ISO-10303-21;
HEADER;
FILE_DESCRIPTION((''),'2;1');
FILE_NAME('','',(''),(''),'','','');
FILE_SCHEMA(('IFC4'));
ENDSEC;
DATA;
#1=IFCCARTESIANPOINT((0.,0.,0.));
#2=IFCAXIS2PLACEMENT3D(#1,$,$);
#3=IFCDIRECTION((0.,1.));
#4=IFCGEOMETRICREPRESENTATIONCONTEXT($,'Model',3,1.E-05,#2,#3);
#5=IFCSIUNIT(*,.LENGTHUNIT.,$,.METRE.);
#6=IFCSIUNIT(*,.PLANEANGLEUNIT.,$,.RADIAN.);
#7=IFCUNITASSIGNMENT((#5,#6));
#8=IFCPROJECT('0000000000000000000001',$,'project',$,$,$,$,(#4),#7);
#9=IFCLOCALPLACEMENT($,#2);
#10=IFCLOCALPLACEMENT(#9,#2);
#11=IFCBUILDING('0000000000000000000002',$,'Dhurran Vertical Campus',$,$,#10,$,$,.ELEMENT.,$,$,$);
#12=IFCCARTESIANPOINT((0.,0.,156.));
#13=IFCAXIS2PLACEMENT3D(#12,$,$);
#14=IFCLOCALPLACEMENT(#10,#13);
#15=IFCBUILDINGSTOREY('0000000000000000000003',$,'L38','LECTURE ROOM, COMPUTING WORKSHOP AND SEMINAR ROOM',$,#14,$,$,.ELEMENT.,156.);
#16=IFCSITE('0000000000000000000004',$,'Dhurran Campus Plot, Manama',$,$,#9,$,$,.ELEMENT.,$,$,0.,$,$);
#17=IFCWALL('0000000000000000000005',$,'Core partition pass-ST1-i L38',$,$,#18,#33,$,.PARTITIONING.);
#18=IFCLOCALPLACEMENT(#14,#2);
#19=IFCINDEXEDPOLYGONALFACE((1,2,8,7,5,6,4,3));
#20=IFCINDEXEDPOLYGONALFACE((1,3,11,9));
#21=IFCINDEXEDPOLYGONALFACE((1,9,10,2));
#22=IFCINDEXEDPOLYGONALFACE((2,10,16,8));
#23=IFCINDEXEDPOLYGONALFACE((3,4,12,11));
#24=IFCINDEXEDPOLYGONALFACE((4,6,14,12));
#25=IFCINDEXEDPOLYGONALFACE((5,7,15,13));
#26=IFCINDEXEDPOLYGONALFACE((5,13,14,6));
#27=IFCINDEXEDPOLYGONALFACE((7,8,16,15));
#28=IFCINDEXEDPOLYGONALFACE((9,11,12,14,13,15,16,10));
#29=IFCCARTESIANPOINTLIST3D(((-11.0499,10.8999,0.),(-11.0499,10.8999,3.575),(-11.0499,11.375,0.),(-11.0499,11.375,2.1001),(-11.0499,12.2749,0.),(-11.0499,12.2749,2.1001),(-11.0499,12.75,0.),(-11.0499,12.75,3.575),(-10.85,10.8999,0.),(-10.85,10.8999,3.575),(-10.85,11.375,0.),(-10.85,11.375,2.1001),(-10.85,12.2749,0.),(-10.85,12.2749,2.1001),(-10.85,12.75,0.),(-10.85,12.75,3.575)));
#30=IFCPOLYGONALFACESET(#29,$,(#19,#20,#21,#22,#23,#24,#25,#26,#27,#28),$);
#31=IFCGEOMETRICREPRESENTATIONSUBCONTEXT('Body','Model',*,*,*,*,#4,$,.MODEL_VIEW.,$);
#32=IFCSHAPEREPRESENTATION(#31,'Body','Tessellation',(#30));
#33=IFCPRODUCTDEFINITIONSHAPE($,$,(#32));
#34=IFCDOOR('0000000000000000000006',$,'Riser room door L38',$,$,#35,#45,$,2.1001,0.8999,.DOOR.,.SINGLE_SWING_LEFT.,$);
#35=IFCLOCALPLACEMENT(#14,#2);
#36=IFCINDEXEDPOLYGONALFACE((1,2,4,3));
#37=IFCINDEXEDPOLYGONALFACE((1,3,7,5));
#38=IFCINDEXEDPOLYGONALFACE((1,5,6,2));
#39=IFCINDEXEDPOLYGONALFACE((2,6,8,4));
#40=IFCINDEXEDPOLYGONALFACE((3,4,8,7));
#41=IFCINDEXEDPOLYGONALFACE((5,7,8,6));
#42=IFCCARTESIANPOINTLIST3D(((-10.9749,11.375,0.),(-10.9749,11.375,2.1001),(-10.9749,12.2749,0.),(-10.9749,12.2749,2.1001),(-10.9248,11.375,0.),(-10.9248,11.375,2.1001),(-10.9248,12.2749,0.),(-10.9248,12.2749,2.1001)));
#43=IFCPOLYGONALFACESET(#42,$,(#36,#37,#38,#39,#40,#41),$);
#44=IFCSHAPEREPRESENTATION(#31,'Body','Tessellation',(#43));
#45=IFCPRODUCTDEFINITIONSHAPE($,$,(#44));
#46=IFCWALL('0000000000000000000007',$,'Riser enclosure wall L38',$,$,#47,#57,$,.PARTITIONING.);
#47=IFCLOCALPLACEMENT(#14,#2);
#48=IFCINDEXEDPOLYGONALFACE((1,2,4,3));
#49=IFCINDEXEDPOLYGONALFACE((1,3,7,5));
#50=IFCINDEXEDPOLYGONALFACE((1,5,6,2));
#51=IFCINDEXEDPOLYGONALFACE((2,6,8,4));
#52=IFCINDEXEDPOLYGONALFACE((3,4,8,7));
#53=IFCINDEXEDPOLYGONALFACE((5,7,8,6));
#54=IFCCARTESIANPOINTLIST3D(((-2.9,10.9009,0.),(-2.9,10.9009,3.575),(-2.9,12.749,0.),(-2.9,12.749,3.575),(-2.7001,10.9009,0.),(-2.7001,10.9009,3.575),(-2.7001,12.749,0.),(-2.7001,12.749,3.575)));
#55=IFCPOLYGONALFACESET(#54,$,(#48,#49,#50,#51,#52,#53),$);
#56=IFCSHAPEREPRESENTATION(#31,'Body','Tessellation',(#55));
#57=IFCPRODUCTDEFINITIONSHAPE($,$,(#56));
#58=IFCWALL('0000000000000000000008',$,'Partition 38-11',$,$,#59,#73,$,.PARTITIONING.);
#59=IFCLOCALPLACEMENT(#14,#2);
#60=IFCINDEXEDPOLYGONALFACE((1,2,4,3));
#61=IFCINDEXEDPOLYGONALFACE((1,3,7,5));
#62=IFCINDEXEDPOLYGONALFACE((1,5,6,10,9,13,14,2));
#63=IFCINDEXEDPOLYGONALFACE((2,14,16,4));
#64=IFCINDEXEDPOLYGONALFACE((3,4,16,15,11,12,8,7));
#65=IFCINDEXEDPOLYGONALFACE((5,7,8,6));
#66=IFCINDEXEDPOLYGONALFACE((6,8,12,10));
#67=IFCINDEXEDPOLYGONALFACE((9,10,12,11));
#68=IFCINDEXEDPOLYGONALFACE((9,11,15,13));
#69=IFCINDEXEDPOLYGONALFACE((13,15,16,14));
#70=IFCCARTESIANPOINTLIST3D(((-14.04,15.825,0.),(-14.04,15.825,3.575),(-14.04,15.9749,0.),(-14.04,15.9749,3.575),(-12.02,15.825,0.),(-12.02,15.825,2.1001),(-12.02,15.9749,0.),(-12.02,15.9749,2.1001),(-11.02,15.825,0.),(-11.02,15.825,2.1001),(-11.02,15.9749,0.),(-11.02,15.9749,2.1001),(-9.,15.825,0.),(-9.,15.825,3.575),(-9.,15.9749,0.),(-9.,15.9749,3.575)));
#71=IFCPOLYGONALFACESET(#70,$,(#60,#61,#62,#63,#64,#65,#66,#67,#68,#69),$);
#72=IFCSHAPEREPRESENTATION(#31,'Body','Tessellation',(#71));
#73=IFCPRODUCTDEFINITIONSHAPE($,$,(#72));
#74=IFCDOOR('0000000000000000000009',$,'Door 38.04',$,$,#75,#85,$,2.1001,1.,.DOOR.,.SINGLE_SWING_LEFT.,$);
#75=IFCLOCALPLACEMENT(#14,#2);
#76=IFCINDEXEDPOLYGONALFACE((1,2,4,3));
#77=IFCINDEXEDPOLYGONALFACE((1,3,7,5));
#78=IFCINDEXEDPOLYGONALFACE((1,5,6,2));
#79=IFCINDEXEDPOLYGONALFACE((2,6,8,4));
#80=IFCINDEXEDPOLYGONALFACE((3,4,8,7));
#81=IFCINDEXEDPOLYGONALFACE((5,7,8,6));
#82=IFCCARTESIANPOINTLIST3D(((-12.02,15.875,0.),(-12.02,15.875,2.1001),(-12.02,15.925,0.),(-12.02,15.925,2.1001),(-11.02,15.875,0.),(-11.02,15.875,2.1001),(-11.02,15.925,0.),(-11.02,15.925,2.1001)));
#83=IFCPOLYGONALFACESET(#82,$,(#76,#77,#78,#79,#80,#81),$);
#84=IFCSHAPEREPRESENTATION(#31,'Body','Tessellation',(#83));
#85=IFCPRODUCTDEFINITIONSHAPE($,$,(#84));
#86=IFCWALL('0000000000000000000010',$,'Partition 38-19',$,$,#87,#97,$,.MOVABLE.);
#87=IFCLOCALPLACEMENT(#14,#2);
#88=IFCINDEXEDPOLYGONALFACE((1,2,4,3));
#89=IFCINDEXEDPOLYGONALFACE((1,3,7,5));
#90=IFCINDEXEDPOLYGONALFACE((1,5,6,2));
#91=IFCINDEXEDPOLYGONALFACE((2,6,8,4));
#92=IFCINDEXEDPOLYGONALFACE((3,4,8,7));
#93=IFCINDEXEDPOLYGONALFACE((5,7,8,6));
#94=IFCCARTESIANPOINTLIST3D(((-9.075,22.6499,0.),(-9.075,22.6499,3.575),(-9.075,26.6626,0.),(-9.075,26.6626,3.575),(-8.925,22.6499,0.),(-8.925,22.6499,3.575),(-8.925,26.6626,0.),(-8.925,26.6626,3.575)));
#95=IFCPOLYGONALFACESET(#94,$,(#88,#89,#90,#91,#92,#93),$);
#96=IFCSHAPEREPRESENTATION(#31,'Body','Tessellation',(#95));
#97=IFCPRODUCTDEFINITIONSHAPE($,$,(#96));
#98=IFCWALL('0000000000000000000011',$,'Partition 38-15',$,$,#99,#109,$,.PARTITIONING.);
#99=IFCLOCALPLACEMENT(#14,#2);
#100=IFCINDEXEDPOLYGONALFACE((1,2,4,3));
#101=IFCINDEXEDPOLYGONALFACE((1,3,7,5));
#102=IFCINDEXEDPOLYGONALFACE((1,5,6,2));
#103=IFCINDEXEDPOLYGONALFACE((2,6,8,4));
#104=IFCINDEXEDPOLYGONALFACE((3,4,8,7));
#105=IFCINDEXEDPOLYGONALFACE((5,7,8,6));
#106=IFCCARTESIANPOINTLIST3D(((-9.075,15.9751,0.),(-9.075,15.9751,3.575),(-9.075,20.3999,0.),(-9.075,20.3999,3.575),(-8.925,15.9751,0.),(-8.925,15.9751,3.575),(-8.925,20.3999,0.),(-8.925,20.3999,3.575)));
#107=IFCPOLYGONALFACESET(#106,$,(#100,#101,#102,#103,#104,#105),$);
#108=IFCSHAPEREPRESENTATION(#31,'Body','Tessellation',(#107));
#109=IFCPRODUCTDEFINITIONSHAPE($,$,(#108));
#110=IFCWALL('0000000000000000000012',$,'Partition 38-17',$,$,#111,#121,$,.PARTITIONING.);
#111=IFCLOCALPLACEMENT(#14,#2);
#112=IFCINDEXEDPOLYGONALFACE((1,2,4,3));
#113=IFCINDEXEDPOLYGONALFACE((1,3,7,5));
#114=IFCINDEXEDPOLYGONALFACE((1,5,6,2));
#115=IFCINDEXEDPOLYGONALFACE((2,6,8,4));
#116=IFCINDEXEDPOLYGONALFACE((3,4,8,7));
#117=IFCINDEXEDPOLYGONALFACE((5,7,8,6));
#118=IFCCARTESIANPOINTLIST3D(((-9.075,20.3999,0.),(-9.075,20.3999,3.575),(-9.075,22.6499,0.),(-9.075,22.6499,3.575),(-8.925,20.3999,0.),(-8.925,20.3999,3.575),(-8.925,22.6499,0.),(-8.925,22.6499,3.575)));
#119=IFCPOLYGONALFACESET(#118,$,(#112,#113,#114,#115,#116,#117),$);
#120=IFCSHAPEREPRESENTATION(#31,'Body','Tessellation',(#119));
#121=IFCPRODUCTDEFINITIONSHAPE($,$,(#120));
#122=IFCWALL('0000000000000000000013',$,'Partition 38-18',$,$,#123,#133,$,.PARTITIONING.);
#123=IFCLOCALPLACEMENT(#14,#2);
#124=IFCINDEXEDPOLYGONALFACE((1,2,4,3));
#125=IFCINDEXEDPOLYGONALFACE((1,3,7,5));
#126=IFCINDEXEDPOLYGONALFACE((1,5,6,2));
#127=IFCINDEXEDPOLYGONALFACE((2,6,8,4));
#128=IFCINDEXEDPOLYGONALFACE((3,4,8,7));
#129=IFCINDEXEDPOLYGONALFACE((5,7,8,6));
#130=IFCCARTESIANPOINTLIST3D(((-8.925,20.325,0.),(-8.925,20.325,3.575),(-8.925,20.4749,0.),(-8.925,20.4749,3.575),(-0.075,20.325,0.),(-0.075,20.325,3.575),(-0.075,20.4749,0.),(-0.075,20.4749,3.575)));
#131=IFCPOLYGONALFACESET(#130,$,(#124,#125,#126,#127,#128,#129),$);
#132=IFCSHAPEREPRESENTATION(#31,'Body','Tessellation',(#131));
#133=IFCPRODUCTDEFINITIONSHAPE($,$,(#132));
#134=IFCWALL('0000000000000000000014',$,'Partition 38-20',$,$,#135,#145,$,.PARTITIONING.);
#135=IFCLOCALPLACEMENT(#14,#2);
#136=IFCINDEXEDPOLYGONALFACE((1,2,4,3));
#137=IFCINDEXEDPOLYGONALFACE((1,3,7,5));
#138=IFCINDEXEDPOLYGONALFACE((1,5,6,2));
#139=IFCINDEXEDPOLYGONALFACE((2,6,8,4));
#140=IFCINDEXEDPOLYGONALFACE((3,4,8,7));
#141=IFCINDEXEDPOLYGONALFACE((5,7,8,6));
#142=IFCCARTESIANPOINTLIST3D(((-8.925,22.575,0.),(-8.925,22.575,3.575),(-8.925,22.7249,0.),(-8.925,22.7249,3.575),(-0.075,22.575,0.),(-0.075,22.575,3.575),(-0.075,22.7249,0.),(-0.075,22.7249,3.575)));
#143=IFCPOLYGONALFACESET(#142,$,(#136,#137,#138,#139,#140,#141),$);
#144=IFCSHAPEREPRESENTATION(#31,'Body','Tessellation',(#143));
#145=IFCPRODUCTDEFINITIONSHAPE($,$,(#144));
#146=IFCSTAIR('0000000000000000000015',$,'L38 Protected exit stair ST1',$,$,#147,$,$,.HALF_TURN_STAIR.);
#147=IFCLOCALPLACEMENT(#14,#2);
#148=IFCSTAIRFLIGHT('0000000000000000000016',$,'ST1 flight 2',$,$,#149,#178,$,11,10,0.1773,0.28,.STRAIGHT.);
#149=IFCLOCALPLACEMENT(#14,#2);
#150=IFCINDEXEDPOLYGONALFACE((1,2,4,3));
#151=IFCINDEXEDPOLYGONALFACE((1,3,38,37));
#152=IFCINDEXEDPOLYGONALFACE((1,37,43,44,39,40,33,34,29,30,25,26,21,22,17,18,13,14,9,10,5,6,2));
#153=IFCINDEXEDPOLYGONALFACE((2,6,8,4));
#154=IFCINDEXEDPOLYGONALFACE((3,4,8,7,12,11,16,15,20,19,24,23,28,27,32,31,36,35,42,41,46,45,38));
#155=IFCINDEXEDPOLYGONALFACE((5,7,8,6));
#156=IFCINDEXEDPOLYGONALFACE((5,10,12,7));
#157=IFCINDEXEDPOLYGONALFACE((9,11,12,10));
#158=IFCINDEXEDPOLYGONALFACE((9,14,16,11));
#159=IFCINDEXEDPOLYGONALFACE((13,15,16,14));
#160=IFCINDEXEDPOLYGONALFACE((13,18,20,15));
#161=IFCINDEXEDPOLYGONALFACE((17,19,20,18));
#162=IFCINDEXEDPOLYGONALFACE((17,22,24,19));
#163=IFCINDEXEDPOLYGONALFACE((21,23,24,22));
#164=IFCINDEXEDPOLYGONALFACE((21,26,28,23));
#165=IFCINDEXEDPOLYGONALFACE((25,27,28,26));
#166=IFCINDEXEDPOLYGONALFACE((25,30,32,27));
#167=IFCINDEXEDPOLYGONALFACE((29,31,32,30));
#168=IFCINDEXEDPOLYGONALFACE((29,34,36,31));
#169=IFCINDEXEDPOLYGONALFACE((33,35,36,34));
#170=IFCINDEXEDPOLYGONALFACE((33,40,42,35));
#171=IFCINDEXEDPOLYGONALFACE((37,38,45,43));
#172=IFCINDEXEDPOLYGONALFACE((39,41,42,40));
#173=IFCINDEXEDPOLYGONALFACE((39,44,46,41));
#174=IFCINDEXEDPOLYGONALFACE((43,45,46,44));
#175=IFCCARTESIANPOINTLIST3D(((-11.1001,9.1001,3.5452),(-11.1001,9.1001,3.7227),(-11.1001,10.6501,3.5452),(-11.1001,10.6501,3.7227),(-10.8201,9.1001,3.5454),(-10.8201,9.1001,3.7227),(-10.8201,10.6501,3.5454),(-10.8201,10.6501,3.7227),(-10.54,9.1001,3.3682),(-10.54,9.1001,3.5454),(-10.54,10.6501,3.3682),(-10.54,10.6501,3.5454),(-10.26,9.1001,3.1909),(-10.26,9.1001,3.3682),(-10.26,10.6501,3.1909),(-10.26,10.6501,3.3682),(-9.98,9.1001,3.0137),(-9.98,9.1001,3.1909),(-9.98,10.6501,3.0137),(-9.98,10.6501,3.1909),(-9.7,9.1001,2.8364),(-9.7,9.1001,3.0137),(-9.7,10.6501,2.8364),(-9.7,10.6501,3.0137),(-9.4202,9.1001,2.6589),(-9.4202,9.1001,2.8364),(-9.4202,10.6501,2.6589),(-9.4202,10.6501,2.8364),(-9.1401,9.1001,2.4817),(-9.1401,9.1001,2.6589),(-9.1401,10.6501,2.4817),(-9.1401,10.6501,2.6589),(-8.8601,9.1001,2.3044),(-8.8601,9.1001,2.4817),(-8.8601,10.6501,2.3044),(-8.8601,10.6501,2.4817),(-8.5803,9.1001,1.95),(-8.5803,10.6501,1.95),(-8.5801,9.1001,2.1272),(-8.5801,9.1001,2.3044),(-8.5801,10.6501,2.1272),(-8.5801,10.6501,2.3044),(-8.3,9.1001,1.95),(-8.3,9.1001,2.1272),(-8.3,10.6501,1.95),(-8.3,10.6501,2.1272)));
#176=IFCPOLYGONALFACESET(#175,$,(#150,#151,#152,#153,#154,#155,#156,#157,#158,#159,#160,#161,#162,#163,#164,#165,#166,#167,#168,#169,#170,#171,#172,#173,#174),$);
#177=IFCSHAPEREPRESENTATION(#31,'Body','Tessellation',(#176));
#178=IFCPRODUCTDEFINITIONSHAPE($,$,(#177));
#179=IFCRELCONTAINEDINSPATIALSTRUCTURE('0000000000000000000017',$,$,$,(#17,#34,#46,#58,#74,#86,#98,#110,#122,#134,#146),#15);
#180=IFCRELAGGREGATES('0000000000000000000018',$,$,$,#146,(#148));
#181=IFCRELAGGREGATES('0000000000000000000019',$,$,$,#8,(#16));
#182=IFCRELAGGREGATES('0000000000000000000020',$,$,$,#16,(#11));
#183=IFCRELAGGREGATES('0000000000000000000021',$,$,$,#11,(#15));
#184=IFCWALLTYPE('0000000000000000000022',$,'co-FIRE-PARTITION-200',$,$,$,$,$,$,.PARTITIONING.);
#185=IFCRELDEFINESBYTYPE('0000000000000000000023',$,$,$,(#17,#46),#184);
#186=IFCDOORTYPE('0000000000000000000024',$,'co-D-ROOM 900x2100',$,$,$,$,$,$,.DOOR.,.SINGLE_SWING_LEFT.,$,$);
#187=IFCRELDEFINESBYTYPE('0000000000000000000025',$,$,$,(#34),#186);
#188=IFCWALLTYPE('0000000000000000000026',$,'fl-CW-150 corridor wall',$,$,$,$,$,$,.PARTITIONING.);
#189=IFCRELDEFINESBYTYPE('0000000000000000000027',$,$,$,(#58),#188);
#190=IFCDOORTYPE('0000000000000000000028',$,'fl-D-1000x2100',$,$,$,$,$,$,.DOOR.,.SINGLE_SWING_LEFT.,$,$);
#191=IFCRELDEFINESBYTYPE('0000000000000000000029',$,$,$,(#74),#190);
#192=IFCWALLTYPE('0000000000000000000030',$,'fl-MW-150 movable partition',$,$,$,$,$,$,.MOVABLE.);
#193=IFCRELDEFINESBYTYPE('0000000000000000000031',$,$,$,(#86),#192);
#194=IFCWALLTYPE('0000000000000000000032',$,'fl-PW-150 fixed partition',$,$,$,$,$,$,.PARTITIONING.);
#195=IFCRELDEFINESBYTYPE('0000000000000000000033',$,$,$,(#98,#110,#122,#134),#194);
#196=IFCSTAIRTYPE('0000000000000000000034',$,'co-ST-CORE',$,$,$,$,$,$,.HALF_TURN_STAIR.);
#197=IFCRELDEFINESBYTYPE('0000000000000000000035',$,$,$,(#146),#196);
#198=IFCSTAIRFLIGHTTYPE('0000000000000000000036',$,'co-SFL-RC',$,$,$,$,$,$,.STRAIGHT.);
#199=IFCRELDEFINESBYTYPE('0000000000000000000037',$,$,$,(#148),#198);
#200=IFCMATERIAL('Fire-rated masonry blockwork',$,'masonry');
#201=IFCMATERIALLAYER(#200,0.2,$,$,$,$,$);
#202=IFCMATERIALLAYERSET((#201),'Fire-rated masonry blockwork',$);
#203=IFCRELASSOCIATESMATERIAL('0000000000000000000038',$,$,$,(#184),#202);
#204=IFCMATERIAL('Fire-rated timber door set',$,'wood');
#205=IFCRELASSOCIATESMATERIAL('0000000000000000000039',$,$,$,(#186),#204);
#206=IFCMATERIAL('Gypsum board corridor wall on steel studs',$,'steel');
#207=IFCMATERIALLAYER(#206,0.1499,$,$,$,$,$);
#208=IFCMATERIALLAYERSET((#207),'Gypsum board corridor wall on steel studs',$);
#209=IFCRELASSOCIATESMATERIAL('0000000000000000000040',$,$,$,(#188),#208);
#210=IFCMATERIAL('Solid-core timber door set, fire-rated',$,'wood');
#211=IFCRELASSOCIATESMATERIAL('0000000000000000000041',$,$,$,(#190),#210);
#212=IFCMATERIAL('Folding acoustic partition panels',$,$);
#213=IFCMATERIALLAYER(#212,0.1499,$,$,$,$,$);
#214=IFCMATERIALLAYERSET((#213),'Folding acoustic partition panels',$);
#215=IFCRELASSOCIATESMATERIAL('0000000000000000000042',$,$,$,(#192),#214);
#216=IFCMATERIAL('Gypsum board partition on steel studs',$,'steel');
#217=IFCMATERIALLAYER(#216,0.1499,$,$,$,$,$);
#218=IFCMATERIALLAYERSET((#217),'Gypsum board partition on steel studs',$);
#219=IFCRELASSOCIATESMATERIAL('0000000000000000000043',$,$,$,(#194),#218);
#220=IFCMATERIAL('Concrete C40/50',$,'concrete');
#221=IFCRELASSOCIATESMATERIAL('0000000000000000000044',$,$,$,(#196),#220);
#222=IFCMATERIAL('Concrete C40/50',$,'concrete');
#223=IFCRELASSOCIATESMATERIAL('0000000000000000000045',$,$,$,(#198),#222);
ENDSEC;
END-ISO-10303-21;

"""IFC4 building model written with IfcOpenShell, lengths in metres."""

from ifc_helpers import new_model, si_unit, direction, frame, frame_2d, origin, place, context, subcontext, project, spatial, polyline, rectangle, outline, extrude, material, layer, layer_set, type_object, element, fill, aggregate, save


model = new_model("IFC4")

# Units and contexts
model_context = context("Model", 3, precision=1e-05, world=origin(), true_north=direction((0.0, 1.0)))
body_context = subcontext(model_context, "Body", "Model", "MODEL_VIEW")
ifc_project = project(units=[si_unit("LENGTHUNIT", "METRE"), si_unit("PLANEANGLEUNIT", "RADIAN")], contexts=[model_context])

# Site, building, storey
site_placement = place(None, origin())
site = spatial("IfcSite", under=ifc_project, at=site_placement, Name="Dhurran Campus Plot, Manama", CompositionType="ELEMENT", RefElevation=0.0)
building_placement = place(site_placement, origin())
building = spatial("IfcBuilding", under=site, at=building_placement, Name="Dhurran Vertical Campus", CompositionType="ELEMENT")
storey_placement = place(building_placement, frame((0.0, 0.0, 156.0)))
storey = spatial("IfcBuildingStorey", under=building, at=storey_placement, Name="L38", Description="LECTURE ROOM, COMPUTING WORKSHOP AND SEMINAR ROOM", CompositionType="ELEMENT", Elevation=156.0)

# Shared definitions
ifc_material_1 = material(Name="Fire-rated masonry blockwork", Category="masonry")
ifc_layer_1 = layer(ifc_material_1, 0.2)
ifc_layer_set_1 = layer_set([ifc_layer_1], Name="Fire-rated masonry blockwork")
wall_type_1 = type_object("IfcWallType", Name="co-FIRE-PARTITION-200", PredefinedType="PARTITIONING", material=ifc_layer_set_1)

# Wall, opening, door
wall_1_placement = place(storey_placement, frame((-10.95, 10.8999, 0.0), z_axis=(0.0, 0.0, 1.0), x_axis=(0.0, 1.0, 0.0)))
wall_1 = element("IfcWall", 1, at=wall_1_placement, inside=storey, type_object=wall_type_1, Name="Core partition pass-ST1-i L38", PredefinedType="PARTITIONING", context=body_context, shape_type="SweptSolid", body=[
    extrude(rectangle(XDim=1.8501, YDim=0.2, at=frame_2d((0.925, 0.0))), origin(), (0.0, 0.0, 1.0), 3.575),
])
opening_1_placement = place(wall_1_placement, frame((0.4751, 0.0, 0.0)))
opening_1 = element("IfcOpeningElement", 2, at=opening_1_placement, cuts=wall_1, PredefinedType="OPENING", context=body_context, shape_type="SweptSolid", body=[
    extrude(rectangle(XDim=0.8999, YDim=2.1001, at=frame_2d((0.45, 1.05))), frame((0.0, 0.1099, 0.0), z_axis=(0.0, -1.0, 0.0), x_axis=(1.0, 0.0, 0.0)), (0.0, 0.0, 1.0), 0.22),
])
ifc_material_2 = material(Name="Fire-rated timber door set", Category="wood")
door_type_1 = type_object("IfcDoorType", Name="co-D-ROOM 900x2100", OperationType="SINGLE_SWING_LEFT", PredefinedType="DOOR", material=ifc_material_2)
door_1_placement = place(opening_1_placement, origin())
door_1 = element("IfcDoor", 3, at=door_1_placement, inside=storey, type_object=door_type_1, Name="Riser room door L38", OperationType="SINGLE_SWING_LEFT", OverallHeight=2.1001, OverallWidth=0.8999, PredefinedType="DOOR", context=body_context, shape_type="SweptSolid", body=[
    extrude(rectangle(XDim=0.8999, YDim=2.1001, at=frame_2d((0.45, 1.05))), frame((0.0, 0.0249, 0.0), z_axis=(0.0, -1.0, 0.0), x_axis=(1.0, 0.0, 0.0)), (0.0, 0.0, 1.0), 0.05),
])
fill(opening_1, door_1)

# Wall
wall_2_placement = place(storey_placement, frame((-2.8, 10.9009, 0.0), z_axis=(0.0, 0.0, 1.0), x_axis=(0.0, 1.0, 0.0)))
element("IfcWall", 4, at=wall_2_placement, inside=storey, type_object=wall_type_1, Name="Riser enclosure wall L38", PredefinedType="PARTITIONING", context=body_context, shape_type="SweptSolid", body=[
    extrude(rectangle(XDim=1.8481, YDim=0.2, at=frame_2d((0.9241, 0.0))), origin(), (0.0, 0.0, 1.0), 3.575),
])

# Wall, opening, door
ifc_material_3 = material(Name="Gypsum board corridor wall on steel studs", Category="steel")
ifc_layer_2 = layer(ifc_material_3, 0.1499)
ifc_layer_set_2 = layer_set([ifc_layer_2], Name="Gypsum board corridor wall on steel studs")
wall_type_2 = type_object("IfcWallType", Name="fl-CW-150 corridor wall", PredefinedType="PARTITIONING", material=ifc_layer_set_2)
wall_3_placement = place(storey_placement, frame((-9.0, 15.8999, 0.0), z_axis=(0.0, 0.0, 1.0), x_axis=(-1.0, 0.0, 0.0)))
wall_3 = element("IfcWall", 5, at=wall_3_placement, inside=storey, type_object=wall_type_2, Name="Partition 38-11", PredefinedType="PARTITIONING", context=body_context, shape_type="SweptSolid", body=[
    extrude(rectangle(XDim=5.04, YDim=0.1499, at=frame_2d((2.52, 0.0))), origin(), (0.0, 0.0, 1.0), 3.575),
])
opening_2_placement = place(wall_3_placement, frame((2.02, 0.0, 0.0)))
opening_2 = element("IfcOpeningElement", 6, at=opening_2_placement, cuts=wall_3, PredefinedType="OPENING", context=body_context, shape_type="SweptSolid", body=[
    extrude(rectangle(XDim=1.0, YDim=2.1001, at=frame_2d((0.5, 1.05))), frame((0.0, 0.085, 0.0), z_axis=(0.0, -1.0, 0.0), x_axis=(1.0, 0.0, 0.0)), (0.0, 0.0, 1.0), 0.1699),
])
ifc_material_4 = material(Name="Solid-core timber door set, fire-rated", Category="wood")
door_type_2 = type_object("IfcDoorType", Name="fl-D-1000x2100", OperationType="SINGLE_SWING_LEFT", PredefinedType="DOOR", material=ifc_material_4)
door_2_placement = place(opening_2_placement, origin())
door_2 = element("IfcDoor", 7, at=door_2_placement, inside=storey, type_object=door_type_2, Name="Door 38.04", OperationType="SINGLE_SWING_LEFT", OverallHeight=2.1001, OverallWidth=1.0, PredefinedType="DOOR", context=body_context, shape_type="SweptSolid", body=[
    extrude(rectangle(XDim=1.0, YDim=2.1001, at=frame_2d((0.5, 1.05))), frame((0.0, 0.0249, 0.0), z_axis=(0.0, -1.0, 0.0), x_axis=(1.0, 0.0, 0.0)), (0.0, 0.0, 1.0), 0.05),
])
fill(opening_2, door_2)

# Walls
ifc_material_5 = material(Name="Folding acoustic partition panels")
ifc_layer_3 = layer(ifc_material_5, 0.1499)
ifc_layer_set_3 = layer_set([ifc_layer_3], Name="Folding acoustic partition panels")
wall_type_3 = type_object("IfcWallType", Name="fl-MW-150 movable partition", PredefinedType="MOVABLE", material=ifc_layer_set_3)
wall_4_placement = place(storey_placement, frame((-9.0, 26.6626, 0.0), z_axis=(0.0, 0.0, 1.0), x_axis=(0.0, -1.0, 0.0)))
element("IfcWall", 8, at=wall_4_placement, inside=storey, type_object=wall_type_3, Name="Partition 38-19", PredefinedType="MOVABLE", context=body_context, shape_type="SweptSolid", body=[
    extrude(rectangle(XDim=4.0127, YDim=0.1499, at=frame_2d((2.0063, 0.0))), origin(), (0.0, 0.0, 1.0), 3.575),
])
ifc_material_6 = material(Name="Gypsum board partition on steel studs", Category="steel")
ifc_layer_4 = layer(ifc_material_6, 0.1499)
ifc_layer_set_4 = layer_set([ifc_layer_4], Name="Gypsum board partition on steel studs")
wall_type_4 = type_object("IfcWallType", Name="fl-PW-150 fixed partition", PredefinedType="PARTITIONING", material=ifc_layer_set_4)
wall_5_placement = place(storey_placement, frame((-9.0, 20.3999, 0.0), z_axis=(0.0, 0.0, 1.0), x_axis=(0.0, -1.0, 0.0)))
element("IfcWall", 9, at=wall_5_placement, inside=storey, type_object=wall_type_4, Name="Partition 38-15", PredefinedType="PARTITIONING", context=body_context, shape_type="SweptSolid", body=[
    extrude(rectangle(XDim=4.4248, YDim=0.1499, at=frame_2d((2.2124, 0.0))), origin(), (0.0, 0.0, 1.0), 3.575),
])
wall_6_placement = place(storey_placement, frame((-9.0, 22.6499, 0.0), z_axis=(0.0, 0.0, 1.0), x_axis=(0.0, -1.0, 0.0)))
element("IfcWall", 10, at=wall_6_placement, inside=storey, type_object=wall_type_4, Name="Partition 38-17", PredefinedType="PARTITIONING", context=body_context, shape_type="SweptSolid", body=[
    extrude(rectangle(XDim=2.25, YDim=0.1499, at=frame_2d((1.125, 0.0))), origin(), (0.0, 0.0, 1.0), 3.575),
])
for number, where, z_axis, x_axis, name in (
    (11, (-8.925, 20.3999, 0.0), (0.0, 0.0, 1.0), (1.0, 0.0, 0.0), "Partition 38-18"),
    (12, (-8.925, 22.6499, 0.0), (0.0, 0.0, 1.0), (1.0, 0.0, 0.0), "Partition 38-20"),
):
    element("IfcWall", number, at=place(storey_placement, frame(where, z_axis=z_axis, x_axis=x_axis)), inside=storey, type_object=wall_type_4, Name=name, PredefinedType="PARTITIONING", context=body_context, shape_type="SweptSolid", body=[
        extrude(rectangle(XDim=8.8501, YDim=0.1499, at=frame_2d((4.425, 0.0))), origin(), (0.0, 0.0, 1.0), 3.575),
    ])

# Stair, stair flight
ifc_material_7 = material(Name="Concrete C40/50", Category="concrete")
stair_type = type_object("IfcStairType", Name="co-ST-CORE", PredefinedType="HALF_TURN_STAIR", material=ifc_material_7)
stair_placement = place(storey_placement, origin())
stair = element("IfcStair", 13, at=stair_placement, inside=storey, type_object=stair_type, Name="L38 Protected exit stair ST1", PredefinedType="HALF_TURN_STAIR")
ifc_material_8 = material(Name="Concrete C40/50", Category="concrete")
stair_flight_type = type_object("IfcStairFlightType", Name="co-SFL-RC", PredefinedType="STRAIGHT", material=ifc_material_8)
stair_flight_placement = place(storey_placement, frame((-8.3, 9.875, 1.95), z_axis=(0.0, 0.0, 1.0), x_axis=(-1.0, 0.0, 0.0)))
stair_flight = element("IfcStairFlight", 14, at=stair_flight_placement, type_object=stair_flight_type, Name="ST1 flight 2", NumberOfRisers=11, NumberOfTreads=10, PredefinedType="STRAIGHT", RiserHeight=0.1773, TreadLength=0.28, context=body_context, shape_type="SweptSolid", body=[
    extrude(outline(polyline([(0.0, 0.0), (0.0, 0.1772), (0.28, 0.1772), (0.28, 0.3545), (0.5601, 0.3545), (0.5601, 0.5317), (0.8401, 0.5317), (0.8401, 0.709), (1.1201, 0.709), (1.1201, 0.8865), (1.3999, 0.8865), (1.3999, 1.0637), (1.6799, 1.0637), (1.6799, 1.241), (1.96, 1.241), (1.96, 1.4182), (2.24, 1.4182), (2.24, 1.5955), (2.52, 1.5955), (2.52, 1.7727), (2.8, 1.7727), (2.8, 1.95), (2.8, 1.5952), (0.2803, 0.0), (0.0, 0.0)])), frame((0.0, 0.7749, 0.0), z_axis=(0.0, -1.0, 0.0), x_axis=(1.0, 0.0, 0.0)), (0.0, 0.0, 1.0), 1.55),
])
aggregate(stair, [stair_flight])

save(model, "model.ifc")
